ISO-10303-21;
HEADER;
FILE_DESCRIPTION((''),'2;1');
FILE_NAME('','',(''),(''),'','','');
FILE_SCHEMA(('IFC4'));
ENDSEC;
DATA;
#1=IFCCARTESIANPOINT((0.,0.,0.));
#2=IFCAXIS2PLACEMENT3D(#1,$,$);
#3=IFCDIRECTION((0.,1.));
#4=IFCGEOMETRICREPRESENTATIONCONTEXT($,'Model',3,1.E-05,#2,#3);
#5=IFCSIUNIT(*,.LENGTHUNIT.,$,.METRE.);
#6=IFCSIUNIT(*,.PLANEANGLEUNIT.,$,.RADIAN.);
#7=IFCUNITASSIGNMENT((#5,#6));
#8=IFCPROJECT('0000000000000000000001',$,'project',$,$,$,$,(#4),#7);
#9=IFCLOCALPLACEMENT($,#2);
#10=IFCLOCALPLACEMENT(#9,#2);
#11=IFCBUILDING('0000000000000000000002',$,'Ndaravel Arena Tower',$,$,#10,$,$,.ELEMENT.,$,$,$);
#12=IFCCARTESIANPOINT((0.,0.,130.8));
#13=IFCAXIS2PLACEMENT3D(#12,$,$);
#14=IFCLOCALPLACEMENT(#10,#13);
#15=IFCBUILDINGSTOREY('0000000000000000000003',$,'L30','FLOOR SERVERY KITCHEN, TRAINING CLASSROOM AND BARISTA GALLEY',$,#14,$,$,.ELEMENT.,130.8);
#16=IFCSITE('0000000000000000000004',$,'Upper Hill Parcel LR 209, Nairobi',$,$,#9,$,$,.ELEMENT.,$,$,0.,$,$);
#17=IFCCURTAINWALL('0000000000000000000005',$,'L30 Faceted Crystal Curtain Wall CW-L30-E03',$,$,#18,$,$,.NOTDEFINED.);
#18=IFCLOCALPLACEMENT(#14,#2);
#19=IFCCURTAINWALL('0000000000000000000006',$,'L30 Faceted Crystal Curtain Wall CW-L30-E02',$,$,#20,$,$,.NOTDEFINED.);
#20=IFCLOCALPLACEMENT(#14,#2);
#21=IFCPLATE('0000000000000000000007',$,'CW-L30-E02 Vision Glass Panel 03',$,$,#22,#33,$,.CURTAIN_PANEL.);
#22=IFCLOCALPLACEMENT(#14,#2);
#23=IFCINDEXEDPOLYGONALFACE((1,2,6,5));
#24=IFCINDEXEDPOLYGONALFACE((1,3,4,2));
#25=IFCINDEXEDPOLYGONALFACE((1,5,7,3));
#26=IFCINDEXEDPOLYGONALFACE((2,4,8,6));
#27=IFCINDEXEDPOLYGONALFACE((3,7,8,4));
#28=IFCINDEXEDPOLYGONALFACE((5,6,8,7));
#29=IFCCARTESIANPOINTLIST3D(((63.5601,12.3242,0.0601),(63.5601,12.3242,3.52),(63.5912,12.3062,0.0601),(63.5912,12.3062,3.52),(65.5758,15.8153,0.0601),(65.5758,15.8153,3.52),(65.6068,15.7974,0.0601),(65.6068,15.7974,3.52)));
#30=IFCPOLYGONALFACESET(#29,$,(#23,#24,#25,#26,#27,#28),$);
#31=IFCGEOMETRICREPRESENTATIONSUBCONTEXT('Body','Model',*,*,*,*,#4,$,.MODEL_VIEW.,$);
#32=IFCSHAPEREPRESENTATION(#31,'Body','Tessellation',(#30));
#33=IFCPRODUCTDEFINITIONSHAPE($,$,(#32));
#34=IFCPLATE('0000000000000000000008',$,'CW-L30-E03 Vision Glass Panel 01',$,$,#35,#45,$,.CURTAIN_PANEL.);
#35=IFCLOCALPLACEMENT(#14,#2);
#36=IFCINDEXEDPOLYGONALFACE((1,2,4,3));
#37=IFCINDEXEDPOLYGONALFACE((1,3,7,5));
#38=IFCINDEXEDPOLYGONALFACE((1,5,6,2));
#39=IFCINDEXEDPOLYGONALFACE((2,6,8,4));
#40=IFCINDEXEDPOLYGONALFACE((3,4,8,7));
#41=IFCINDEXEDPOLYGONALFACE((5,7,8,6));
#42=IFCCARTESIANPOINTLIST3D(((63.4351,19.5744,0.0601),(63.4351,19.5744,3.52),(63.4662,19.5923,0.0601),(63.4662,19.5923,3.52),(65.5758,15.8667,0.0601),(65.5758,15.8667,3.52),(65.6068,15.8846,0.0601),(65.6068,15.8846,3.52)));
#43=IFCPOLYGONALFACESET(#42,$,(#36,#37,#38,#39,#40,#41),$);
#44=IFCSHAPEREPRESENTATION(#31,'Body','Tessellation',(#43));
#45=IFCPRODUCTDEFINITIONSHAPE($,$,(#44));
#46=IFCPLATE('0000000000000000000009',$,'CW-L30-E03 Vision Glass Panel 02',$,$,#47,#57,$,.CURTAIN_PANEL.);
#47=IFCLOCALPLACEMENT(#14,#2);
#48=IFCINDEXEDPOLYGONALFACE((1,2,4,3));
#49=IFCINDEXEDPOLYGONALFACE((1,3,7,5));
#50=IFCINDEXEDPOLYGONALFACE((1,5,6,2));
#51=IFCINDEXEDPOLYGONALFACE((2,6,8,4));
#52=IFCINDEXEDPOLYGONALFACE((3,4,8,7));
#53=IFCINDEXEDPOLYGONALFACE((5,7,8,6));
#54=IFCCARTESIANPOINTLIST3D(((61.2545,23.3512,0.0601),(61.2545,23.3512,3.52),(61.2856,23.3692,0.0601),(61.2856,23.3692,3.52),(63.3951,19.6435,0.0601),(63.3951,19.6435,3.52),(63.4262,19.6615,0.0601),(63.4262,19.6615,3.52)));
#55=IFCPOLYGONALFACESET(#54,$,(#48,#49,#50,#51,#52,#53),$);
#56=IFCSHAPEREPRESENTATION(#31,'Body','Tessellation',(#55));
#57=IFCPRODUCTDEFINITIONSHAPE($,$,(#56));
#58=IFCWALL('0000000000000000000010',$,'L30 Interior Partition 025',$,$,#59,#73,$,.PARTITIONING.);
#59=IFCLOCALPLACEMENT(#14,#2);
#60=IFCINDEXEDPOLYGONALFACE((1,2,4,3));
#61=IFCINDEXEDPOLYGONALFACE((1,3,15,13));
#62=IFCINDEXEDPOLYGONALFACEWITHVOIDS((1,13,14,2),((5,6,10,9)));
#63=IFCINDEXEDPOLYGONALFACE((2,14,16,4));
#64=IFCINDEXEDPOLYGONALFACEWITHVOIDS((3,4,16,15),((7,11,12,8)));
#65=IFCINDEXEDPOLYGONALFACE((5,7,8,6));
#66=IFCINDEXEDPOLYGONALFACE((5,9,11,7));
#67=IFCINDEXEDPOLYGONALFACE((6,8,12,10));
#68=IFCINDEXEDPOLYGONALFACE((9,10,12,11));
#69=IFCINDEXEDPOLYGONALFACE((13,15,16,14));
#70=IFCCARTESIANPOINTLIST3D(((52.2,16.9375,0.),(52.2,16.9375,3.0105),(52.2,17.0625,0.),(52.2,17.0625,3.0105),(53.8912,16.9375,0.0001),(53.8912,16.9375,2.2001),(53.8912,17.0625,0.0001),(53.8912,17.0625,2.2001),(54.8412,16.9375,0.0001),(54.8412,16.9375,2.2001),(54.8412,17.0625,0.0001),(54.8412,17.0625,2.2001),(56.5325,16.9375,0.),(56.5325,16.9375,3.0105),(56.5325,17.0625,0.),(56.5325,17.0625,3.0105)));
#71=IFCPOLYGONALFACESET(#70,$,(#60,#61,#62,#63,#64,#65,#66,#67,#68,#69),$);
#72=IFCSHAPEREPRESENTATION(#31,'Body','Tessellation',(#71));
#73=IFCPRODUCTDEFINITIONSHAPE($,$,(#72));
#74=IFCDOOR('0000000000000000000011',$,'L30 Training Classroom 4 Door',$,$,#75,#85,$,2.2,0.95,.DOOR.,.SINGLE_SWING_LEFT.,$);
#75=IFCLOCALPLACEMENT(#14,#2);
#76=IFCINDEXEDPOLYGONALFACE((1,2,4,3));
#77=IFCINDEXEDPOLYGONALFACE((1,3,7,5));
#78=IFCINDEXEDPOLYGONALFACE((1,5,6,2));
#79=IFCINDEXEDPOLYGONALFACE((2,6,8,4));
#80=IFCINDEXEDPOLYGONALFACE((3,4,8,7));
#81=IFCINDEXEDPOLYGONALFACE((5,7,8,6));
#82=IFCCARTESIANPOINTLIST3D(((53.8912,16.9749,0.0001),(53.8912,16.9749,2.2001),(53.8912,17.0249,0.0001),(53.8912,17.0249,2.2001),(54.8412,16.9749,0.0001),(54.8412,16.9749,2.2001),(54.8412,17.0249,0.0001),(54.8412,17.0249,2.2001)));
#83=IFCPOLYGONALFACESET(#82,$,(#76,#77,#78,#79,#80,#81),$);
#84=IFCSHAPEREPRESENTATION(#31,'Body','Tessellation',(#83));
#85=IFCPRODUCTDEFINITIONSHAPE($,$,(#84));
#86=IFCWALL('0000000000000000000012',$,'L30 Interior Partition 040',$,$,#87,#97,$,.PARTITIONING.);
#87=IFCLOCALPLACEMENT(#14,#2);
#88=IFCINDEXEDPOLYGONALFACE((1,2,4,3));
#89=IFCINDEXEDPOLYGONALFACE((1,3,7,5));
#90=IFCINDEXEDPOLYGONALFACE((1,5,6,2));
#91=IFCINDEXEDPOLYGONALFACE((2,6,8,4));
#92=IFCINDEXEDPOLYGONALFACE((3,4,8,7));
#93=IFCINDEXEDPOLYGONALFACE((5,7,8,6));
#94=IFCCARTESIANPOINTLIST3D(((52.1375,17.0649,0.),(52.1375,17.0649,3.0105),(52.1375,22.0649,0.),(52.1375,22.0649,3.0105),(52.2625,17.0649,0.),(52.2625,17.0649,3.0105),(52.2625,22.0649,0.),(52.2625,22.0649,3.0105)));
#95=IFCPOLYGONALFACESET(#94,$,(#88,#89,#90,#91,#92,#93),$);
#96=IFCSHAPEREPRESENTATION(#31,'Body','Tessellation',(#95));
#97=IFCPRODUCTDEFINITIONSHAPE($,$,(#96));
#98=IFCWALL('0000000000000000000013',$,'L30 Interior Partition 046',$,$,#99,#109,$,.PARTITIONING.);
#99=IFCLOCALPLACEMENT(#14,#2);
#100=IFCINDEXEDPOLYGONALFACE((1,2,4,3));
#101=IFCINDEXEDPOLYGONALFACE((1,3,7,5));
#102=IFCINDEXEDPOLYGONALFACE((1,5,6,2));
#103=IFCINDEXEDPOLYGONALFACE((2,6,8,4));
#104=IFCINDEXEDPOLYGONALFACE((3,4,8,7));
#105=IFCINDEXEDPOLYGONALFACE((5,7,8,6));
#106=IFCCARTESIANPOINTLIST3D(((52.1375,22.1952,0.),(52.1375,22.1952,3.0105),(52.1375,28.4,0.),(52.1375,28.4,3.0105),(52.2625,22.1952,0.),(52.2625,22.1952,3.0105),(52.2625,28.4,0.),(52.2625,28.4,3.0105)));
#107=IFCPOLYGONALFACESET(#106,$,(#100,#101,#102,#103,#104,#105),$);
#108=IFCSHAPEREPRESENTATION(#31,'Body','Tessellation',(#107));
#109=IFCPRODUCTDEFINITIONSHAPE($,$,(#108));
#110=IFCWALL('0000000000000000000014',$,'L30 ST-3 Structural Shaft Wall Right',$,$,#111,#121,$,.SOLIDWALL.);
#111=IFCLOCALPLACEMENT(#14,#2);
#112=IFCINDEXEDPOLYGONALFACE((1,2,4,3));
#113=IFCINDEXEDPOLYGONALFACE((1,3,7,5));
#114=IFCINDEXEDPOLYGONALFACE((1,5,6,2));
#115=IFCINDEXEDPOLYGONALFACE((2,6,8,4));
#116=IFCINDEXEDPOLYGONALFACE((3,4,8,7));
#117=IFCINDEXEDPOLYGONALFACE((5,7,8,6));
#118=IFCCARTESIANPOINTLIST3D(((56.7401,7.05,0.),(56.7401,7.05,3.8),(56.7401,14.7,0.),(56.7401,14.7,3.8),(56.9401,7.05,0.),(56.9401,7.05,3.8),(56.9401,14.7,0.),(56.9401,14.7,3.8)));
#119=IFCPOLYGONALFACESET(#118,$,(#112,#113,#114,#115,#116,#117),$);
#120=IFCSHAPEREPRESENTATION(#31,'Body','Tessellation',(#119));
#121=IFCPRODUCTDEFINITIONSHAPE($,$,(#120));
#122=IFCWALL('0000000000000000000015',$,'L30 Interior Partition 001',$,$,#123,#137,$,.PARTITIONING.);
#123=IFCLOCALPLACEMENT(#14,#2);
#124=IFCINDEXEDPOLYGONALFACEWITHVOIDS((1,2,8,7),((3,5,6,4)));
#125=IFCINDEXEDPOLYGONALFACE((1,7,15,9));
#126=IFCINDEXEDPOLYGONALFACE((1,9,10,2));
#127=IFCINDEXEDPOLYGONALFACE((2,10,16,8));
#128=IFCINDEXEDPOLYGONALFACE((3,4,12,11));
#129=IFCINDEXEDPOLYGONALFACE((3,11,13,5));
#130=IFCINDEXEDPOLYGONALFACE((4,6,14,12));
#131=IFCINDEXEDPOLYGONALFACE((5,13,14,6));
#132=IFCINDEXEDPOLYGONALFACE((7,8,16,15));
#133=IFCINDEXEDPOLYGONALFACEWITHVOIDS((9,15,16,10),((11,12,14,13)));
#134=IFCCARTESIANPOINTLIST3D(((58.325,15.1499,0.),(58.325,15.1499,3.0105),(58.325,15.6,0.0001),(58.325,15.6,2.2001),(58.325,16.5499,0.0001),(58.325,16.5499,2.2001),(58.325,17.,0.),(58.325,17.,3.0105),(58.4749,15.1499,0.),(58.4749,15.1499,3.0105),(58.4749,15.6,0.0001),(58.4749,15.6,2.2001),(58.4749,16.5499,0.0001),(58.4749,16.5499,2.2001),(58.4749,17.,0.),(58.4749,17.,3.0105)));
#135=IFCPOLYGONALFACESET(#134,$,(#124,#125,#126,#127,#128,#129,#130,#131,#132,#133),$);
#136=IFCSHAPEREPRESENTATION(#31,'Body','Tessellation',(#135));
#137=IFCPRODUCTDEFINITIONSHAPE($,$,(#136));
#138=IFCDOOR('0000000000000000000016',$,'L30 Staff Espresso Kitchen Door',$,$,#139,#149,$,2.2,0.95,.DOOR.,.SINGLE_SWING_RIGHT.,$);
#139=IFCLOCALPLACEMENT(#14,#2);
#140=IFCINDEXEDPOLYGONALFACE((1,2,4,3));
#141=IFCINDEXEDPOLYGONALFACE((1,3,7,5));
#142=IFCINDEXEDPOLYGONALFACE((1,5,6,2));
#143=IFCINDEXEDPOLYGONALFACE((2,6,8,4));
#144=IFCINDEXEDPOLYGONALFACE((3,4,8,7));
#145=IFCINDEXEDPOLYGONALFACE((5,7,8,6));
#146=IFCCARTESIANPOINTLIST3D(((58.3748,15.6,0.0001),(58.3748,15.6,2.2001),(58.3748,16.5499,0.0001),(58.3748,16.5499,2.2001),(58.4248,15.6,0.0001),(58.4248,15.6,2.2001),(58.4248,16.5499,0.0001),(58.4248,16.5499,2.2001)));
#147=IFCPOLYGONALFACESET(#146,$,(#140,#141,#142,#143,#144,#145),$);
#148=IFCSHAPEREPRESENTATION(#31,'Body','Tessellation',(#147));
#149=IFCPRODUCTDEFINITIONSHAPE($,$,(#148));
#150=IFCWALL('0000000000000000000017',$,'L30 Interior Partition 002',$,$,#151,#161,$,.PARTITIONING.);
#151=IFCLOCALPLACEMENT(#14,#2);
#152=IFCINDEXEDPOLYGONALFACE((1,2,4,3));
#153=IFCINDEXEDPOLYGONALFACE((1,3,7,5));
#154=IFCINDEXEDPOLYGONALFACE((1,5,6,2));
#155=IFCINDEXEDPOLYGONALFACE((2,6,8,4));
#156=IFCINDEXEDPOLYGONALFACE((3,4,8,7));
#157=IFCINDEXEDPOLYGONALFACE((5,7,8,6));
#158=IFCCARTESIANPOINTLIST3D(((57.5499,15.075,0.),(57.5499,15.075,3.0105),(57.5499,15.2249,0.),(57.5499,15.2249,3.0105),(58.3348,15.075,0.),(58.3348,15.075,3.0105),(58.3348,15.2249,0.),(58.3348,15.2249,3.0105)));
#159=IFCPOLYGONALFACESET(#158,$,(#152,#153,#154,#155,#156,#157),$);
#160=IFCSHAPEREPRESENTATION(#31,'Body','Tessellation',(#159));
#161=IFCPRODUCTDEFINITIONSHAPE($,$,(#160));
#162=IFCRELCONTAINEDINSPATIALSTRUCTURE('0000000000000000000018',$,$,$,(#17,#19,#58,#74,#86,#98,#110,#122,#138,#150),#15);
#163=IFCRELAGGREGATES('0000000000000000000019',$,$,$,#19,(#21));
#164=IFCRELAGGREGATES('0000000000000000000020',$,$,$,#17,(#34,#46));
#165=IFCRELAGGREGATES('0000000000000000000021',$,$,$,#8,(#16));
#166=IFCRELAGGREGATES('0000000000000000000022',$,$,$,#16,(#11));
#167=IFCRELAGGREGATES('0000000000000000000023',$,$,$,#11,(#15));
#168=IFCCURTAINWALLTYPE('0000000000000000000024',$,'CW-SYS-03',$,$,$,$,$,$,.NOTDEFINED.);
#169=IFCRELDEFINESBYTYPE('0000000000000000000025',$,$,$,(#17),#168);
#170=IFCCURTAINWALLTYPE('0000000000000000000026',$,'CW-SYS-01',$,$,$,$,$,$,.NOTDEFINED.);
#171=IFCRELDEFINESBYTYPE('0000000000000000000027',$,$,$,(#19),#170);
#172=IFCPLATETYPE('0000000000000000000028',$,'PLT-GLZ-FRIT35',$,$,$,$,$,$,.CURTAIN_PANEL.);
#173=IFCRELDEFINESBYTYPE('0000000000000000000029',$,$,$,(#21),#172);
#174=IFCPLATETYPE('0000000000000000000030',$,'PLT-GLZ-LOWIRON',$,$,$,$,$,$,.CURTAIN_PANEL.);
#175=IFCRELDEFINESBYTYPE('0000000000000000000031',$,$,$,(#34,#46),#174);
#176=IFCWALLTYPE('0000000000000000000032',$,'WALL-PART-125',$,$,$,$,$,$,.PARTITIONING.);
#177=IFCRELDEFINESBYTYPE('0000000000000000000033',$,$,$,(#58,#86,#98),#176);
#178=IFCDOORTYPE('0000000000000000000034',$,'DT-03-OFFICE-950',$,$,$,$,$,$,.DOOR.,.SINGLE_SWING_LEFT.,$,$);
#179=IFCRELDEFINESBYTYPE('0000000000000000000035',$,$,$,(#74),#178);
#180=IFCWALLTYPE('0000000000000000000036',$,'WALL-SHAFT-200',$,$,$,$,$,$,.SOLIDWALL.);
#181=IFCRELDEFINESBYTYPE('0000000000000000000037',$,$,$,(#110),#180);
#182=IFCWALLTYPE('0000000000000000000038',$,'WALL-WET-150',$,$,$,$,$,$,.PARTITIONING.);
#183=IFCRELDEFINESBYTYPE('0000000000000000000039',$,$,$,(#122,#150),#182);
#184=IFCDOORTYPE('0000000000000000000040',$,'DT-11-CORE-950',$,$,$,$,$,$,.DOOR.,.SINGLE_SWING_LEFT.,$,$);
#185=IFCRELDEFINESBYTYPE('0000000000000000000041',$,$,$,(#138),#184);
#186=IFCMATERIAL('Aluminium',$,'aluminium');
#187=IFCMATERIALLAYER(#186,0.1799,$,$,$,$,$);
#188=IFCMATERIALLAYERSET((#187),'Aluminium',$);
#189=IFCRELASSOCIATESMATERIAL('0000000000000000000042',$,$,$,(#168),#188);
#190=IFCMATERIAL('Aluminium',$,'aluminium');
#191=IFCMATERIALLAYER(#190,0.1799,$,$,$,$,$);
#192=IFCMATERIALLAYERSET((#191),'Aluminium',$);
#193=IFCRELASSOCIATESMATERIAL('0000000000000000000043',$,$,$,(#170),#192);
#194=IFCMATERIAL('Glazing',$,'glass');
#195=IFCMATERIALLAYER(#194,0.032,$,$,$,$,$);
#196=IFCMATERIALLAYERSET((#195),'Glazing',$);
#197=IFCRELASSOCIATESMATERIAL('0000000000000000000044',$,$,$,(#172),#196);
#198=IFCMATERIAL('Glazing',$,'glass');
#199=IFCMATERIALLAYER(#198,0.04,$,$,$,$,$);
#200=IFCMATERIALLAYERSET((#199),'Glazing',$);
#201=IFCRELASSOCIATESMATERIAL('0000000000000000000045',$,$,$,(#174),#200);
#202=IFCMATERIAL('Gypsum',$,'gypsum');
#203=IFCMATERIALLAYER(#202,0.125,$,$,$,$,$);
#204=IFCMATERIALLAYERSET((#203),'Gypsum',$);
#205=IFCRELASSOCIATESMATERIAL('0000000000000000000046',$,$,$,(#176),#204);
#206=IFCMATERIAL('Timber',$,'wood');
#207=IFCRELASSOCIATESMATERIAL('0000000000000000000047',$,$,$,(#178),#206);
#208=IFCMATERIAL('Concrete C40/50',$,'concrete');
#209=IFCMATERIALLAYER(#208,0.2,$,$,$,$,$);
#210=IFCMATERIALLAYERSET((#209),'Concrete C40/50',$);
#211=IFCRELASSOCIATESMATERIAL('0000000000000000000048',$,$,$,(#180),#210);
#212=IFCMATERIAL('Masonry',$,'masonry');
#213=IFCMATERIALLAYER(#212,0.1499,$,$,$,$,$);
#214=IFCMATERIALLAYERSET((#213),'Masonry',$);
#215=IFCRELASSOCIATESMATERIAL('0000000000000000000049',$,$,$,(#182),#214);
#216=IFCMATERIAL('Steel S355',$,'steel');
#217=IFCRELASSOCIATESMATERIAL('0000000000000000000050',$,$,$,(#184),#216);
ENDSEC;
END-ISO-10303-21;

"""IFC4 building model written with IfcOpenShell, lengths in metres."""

from ifc_helpers import new_model, si_unit, direction, frame, frame_2d, origin, origin_2d, place, context, subcontext, project, spatial, rectangle, extrude, material, layer, layer_set, type_object, element, fill, aggregate, save


model = new_model("IFC4")

# Units and contexts
model_context = context("Model", 3, precision=1e-05, world=origin(), true_north=direction((0.0, 1.0)))
body_context = subcontext(model_context, "Body", "Model", "MODEL_VIEW")
ifc_project = project(units=[si_unit("LENGTHUNIT", "METRE"), si_unit("PLANEANGLEUNIT", "RADIAN")], contexts=[model_context])

# Site, building, storey
site_placement = place(None, origin())
site = spatial("IfcSite", under=ifc_project, at=site_placement, Name="Upper Hill Parcel LR 209, Nairobi", CompositionType="ELEMENT", RefElevation=0.0)
building_placement = place(site_placement, origin())
building = spatial("IfcBuilding", under=site, at=building_placement, Name="Ndaravel Arena Tower", CompositionType="ELEMENT")
storey_placement = place(building_placement, frame((0.0, 0.0, 130.8)))
storey = spatial("IfcBuildingStorey", under=building, at=storey_placement, Name="L30", Description="FLOOR SERVERY KITCHEN, TRAINING CLASSROOM AND BARISTA GALLEY", CompositionType="ELEMENT", Elevation=130.8)

# Curtain wall
ifc_material_1 = material(Name="Aluminium", Category="aluminium")
ifc_layer_1 = layer(ifc_material_1, 0.1799)
ifc_layer_set_1 = layer_set([ifc_layer_1], Name="Aluminium")
curtain_wall_type_1 = type_object("IfcCurtainWallType", Name="CW-SYS-03", PredefinedType="NOTDEFINED", material=ifc_layer_set_1)
curtain_wall_1_placement = place(storey_placement, origin())
curtain_wall_1 = element("IfcCurtainWall", 1, at=curtain_wall_1_placement, inside=storey, type_object=curtain_wall_type_1, Name="L30 Faceted Crystal Curtain Wall CW-L30-E03", PredefinedType="NOTDEFINED")

# Curtain wall, plate
ifc_material_2 = material(Name="Aluminium", Category="aluminium")
ifc_layer_2 = layer(ifc_material_2, 0.1799)
ifc_layer_set_2 = layer_set([ifc_layer_2], Name="Aluminium")
curtain_wall_type_2 = type_object("IfcCurtainWallType", Name="CW-SYS-01", PredefinedType="NOTDEFINED", material=ifc_layer_set_2)
curtain_wall_2_placement = place(storey_placement, origin())
curtain_wall_2 = element("IfcCurtainWall", 2, at=curtain_wall_2_placement, inside=storey, type_object=curtain_wall_type_2, Name="L30 Faceted Crystal Curtain Wall CW-L30-E02", PredefinedType="NOTDEFINED")
ifc_material_3 = material(Name="Glazing", Category="glass")
ifc_layer_3 = layer(ifc_material_3, 0.032)
ifc_layer_set_3 = layer_set([ifc_layer_3], Name="Glazing")
plate_type_1 = type_object("IfcPlateType", Name="PLT-GLZ-FRIT35", PredefinedType="CURTAIN_PANEL", material=ifc_layer_set_3)
plate_1_placement = place(storey_placement, frame((64.5835, 14.0608, 0.0601), z_axis=(0.0, 0.0, 1.0), x_axis=(0.5, 0.866025, 0.0)))
plate_1 = element("IfcPlate", 3, at=plate_1_placement, type_object=plate_type_1, Name="CW-L30-E02 Vision Glass Panel 03", PredefinedType="CURTAIN_PANEL", context=body_context, shape_type="SweptSolid", body=[
    extrude(rectangle(XDim=4.0312, YDim=0.0359, at=origin_2d()), origin(), (0.0, 0.0, 1.0), 3.46),
])
aggregate(curtain_wall_2, [plate_1])

# Plates
ifc_material_4 = material(Name="Glazing", Category="glass")
ifc_layer_4 = layer(ifc_material_4, 0.04)
ifc_layer_set_4 = layer_set([ifc_layer_4], Name="Glazing")
plate_type_2 = type_object("IfcPlateType", Name="PLT-GLZ-LOWIRON", PredefinedType="CURTAIN_PANEL", material=ifc_layer_set_4)
plate_2_placement = place(storey_placement, frame((64.521, 17.7295, 0.0601), z_axis=(0.0, 0.0, 1.0), x_axis=(-0.5, 0.866025, 0.0)))
plate_2 = element("IfcPlate", 4, at=plate_2_placement, type_object=plate_type_2, Name="CW-L30-E03 Vision Glass Panel 01", PredefinedType="CURTAIN_PANEL", context=body_context, shape_type="SweptSolid", body=[
    extrude(rectangle(XDim=4.2812, YDim=0.0359, at=origin_2d()), origin(), (0.0, 0.0, 1.0), 3.46),
])
plate_3_placement = place(storey_placement, frame((62.3403, 21.5063, 0.0601), z_axis=(0.0, 0.0, 1.0), x_axis=(-0.5, 0.866025, 0.0)))
plate_3 = element("IfcPlate", 5, at=plate_3_placement, type_object=plate_type_2, Name="CW-L30-E03 Vision Glass Panel 02", PredefinedType="CURTAIN_PANEL", context=body_context, shape_type="SweptSolid", body=[
    extrude(rectangle(XDim=4.2812, YDim=0.0359, at=origin_2d()), origin(), (0.0, 0.0, 1.0), 3.46),
])
aggregate(curtain_wall_1, [plate_2, plate_3])

# Wall, opening, door
ifc_material_5 = material(Name="Gypsum", Category="gypsum")
ifc_layer_5 = layer(ifc_material_5, 0.125)
ifc_layer_set_5 = layer_set([ifc_layer_5], Name="Gypsum")
wall_type_1 = type_object("IfcWallType", Name="WALL-PART-125", PredefinedType="PARTITIONING", material=ifc_layer_set_5)
wall_1_placement = place(storey_placement, frame((52.2, 17.0, 0.0), z_axis=(0.0, 0.0, 1.0), x_axis=(1.0, 0.0, 0.0)))
wall_1 = element("IfcWall", 6, at=wall_1_placement, inside=storey, type_object=wall_type_1, Name="L30 Interior Partition 025", PredefinedType="PARTITIONING", context=body_context, shape_type="SweptSolid", body=[
    extrude(rectangle(XDim=4.3325, YDim=0.125, at=frame_2d((2.1663, 0.0))), origin(), (0.0, 0.0, 1.0), 3.0105),
])
opening_1_placement = place(wall_1_placement, frame((1.6912, 0.0, 0.0)))
opening_1 = element("IfcOpeningElement", 7, at=opening_1_placement, cuts=wall_1, PredefinedType="OPENING", context=body_context, shape_type="SweptSolid", body=[
    extrude(rectangle(XDim=0.95, YDim=2.2, at=frame_2d((0.4751, 1.1001))), frame((0.0, 0.0625, 0.0), z_axis=(0.0, -1.0, 0.0), x_axis=(1.0, 0.0, 0.0)), (0.0, 0.0, 1.0), 0.125),
])
ifc_material_6 = material(Name="Timber", Category="wood")
door_type_1 = type_object("IfcDoorType", Name="DT-03-OFFICE-950", OperationType="SINGLE_SWING_LEFT", PredefinedType="DOOR", material=ifc_material_6)
door_1_placement = place(opening_1_placement, origin())
door_1 = element("IfcDoor", 8, at=door_1_placement, inside=storey, type_object=door_type_1, Name="L30 Training Classroom 4 Door", OperationType="SINGLE_SWING_LEFT", OverallHeight=2.2, OverallWidth=0.95, PredefinedType="DOOR", context=body_context, shape_type="SweptSolid", body=[
    extrude(rectangle(XDim=0.95, YDim=2.2, at=frame_2d((0.4751, 1.1001))), frame((0.0, 0.0249, 0.0), z_axis=(0.0, -1.0, 0.0), x_axis=(1.0, 0.0, 0.0)), (0.0, 0.0, 1.0), 0.05),
])
fill(opening_1, door_1)

# Walls
wall_2_placement = place(storey_placement, frame((52.2, 22.0649, 0.0), z_axis=(0.0, 0.0, 1.0), x_axis=(0.0, -1.0, 0.0)))
element("IfcWall", 9, at=wall_2_placement, inside=storey, type_object=wall_type_1, Name="L30 Interior Partition 040", PredefinedType="PARTITIONING", context=body_context, shape_type="SweptSolid", body=[
    extrude(rectangle(XDim=5.0, YDim=0.125, at=frame_2d((2.5, 0.0))), origin(), (0.0, 0.0, 1.0), 3.0105),
])
wall_3_placement = place(storey_placement, frame((52.2, 22.1951, 0.0), z_axis=(0.0, 0.0, 1.0), x_axis=(0.0, 1.0, 0.0)))
element("IfcWall", 10, at=wall_3_placement, inside=storey, type_object=wall_type_1, Name="L30 Interior Partition 046", PredefinedType="PARTITIONING", context=body_context, shape_type="SweptSolid", body=[
    extrude(rectangle(XDim=6.2048, YDim=0.125, at=frame_2d((3.1025, 0.0))), origin(), (0.0, 0.0, 1.0), 3.0105),
])
ifc_material_7 = material(Name="Concrete C40/50", Category="concrete")
ifc_layer_6 = layer(ifc_material_7, 0.2)
ifc_layer_set_6 = layer_set([ifc_layer_6], Name="Concrete C40/50")
wall_type_2 = type_object("IfcWallType", Name="WALL-SHAFT-200", PredefinedType="SOLIDWALL", material=ifc_layer_set_6)
wall_4_placement = place(storey_placement, frame((56.8401, 14.7, 0.0), z_axis=(0.0, 0.0, 1.0), x_axis=(0.0, -1.0, 0.0)))
element("IfcWall", 11, at=wall_4_placement, inside=storey, type_object=wall_type_2, Name="L30 ST-3 Structural Shaft Wall Right", PredefinedType="SOLIDWALL", context=body_context, shape_type="SweptSolid", body=[
    extrude(rectangle(XDim=7.6499, YDim=0.2, at=frame_2d((3.825, 0.0))), origin(), (0.0, 0.0, 1.0), 3.8),
])

# Wall, opening, door
ifc_material_8 = material(Name="Masonry", Category="masonry")
ifc_layer_7 = layer(ifc_material_8, 0.1499)
ifc_layer_set_7 = layer_set([ifc_layer_7], Name="Masonry")
wall_type_3 = type_object("IfcWallType", Name="WALL-WET-150", PredefinedType="PARTITIONING", material=ifc_layer_set_7)
wall_5_placement = place(storey_placement, frame((58.3999, 17.0, 0.0), z_axis=(0.0, 0.0, 1.0), x_axis=(0.0, -1.0, 0.0)))
wall_5 = element("IfcWall", 12, at=wall_5_placement, inside=storey, type_object=wall_type_3, Name="L30 Interior Partition 001", PredefinedType="PARTITIONING", context=body_context, shape_type="SweptSolid", body=[
    extrude(rectangle(XDim=1.8501, YDim=0.1499, at=frame_2d((0.925, 0.0))), origin(), (0.0, 0.0, 1.0), 3.0105),
])
opening_2_placement = place(wall_5_placement, frame((0.45, 0.0, 0.0)))
opening_2 = element("IfcOpeningElement", 13, at=opening_2_placement, cuts=wall_5, PredefinedType="OPENING", context=body_context, shape_type="SweptSolid", body=[
    extrude(rectangle(XDim=0.95, YDim=2.2, at=frame_2d((0.4751, 1.1001))), frame((0.0, 0.075, 0.0), z_axis=(0.0, -1.0, 0.0), x_axis=(1.0, 0.0, 0.0)), (0.0, 0.0, 1.0), 0.1499),
])
ifc_material_9 = material(Name="Steel S355", Category="steel")
door_type_2 = type_object("IfcDoorType", Name="DT-11-CORE-950", OperationType="SINGLE_SWING_LEFT", PredefinedType="DOOR", material=ifc_material_9)
door_2_placement = place(opening_2_placement, origin())
door_2 = element("IfcDoor", 14, at=door_2_placement, inside=storey, type_object=door_type_2, Name="L30 Staff Espresso Kitchen Door", OperationType="SINGLE_SWING_RIGHT", OverallHeight=2.2, OverallWidth=0.95, PredefinedType="DOOR", context=body_context, shape_type="SweptSolid", body=[
    extrude(rectangle(XDim=0.95, YDim=2.2, at=frame_2d((0.4751, 1.1001))), frame((0.0, 0.0249, 0.0), z_axis=(0.0, -1.0, 0.0), x_axis=(1.0, 0.0, 0.0)), (0.0, 0.0, 1.0), 0.05),
])
fill(opening_2, door_2)

# Wall
wall_6_placement = place(storey_placement, frame((58.335, 15.1499, 0.0), z_axis=(0.0, 0.0, 1.0), x_axis=(-1.0, 0.0, 0.0)))
element("IfcWall", 15, at=wall_6_placement, inside=storey, type_object=wall_type_3, Name="L30 Interior Partition 002", PredefinedType="PARTITIONING", context=body_context, shape_type="SweptSolid", body=[
    extrude(rectangle(XDim=0.7849, YDim=0.1499, at=frame_2d((0.3926, 0.0))), origin(), (0.0, 0.0, 1.0), 3.0105),
])

save(model, "model.ifc")
